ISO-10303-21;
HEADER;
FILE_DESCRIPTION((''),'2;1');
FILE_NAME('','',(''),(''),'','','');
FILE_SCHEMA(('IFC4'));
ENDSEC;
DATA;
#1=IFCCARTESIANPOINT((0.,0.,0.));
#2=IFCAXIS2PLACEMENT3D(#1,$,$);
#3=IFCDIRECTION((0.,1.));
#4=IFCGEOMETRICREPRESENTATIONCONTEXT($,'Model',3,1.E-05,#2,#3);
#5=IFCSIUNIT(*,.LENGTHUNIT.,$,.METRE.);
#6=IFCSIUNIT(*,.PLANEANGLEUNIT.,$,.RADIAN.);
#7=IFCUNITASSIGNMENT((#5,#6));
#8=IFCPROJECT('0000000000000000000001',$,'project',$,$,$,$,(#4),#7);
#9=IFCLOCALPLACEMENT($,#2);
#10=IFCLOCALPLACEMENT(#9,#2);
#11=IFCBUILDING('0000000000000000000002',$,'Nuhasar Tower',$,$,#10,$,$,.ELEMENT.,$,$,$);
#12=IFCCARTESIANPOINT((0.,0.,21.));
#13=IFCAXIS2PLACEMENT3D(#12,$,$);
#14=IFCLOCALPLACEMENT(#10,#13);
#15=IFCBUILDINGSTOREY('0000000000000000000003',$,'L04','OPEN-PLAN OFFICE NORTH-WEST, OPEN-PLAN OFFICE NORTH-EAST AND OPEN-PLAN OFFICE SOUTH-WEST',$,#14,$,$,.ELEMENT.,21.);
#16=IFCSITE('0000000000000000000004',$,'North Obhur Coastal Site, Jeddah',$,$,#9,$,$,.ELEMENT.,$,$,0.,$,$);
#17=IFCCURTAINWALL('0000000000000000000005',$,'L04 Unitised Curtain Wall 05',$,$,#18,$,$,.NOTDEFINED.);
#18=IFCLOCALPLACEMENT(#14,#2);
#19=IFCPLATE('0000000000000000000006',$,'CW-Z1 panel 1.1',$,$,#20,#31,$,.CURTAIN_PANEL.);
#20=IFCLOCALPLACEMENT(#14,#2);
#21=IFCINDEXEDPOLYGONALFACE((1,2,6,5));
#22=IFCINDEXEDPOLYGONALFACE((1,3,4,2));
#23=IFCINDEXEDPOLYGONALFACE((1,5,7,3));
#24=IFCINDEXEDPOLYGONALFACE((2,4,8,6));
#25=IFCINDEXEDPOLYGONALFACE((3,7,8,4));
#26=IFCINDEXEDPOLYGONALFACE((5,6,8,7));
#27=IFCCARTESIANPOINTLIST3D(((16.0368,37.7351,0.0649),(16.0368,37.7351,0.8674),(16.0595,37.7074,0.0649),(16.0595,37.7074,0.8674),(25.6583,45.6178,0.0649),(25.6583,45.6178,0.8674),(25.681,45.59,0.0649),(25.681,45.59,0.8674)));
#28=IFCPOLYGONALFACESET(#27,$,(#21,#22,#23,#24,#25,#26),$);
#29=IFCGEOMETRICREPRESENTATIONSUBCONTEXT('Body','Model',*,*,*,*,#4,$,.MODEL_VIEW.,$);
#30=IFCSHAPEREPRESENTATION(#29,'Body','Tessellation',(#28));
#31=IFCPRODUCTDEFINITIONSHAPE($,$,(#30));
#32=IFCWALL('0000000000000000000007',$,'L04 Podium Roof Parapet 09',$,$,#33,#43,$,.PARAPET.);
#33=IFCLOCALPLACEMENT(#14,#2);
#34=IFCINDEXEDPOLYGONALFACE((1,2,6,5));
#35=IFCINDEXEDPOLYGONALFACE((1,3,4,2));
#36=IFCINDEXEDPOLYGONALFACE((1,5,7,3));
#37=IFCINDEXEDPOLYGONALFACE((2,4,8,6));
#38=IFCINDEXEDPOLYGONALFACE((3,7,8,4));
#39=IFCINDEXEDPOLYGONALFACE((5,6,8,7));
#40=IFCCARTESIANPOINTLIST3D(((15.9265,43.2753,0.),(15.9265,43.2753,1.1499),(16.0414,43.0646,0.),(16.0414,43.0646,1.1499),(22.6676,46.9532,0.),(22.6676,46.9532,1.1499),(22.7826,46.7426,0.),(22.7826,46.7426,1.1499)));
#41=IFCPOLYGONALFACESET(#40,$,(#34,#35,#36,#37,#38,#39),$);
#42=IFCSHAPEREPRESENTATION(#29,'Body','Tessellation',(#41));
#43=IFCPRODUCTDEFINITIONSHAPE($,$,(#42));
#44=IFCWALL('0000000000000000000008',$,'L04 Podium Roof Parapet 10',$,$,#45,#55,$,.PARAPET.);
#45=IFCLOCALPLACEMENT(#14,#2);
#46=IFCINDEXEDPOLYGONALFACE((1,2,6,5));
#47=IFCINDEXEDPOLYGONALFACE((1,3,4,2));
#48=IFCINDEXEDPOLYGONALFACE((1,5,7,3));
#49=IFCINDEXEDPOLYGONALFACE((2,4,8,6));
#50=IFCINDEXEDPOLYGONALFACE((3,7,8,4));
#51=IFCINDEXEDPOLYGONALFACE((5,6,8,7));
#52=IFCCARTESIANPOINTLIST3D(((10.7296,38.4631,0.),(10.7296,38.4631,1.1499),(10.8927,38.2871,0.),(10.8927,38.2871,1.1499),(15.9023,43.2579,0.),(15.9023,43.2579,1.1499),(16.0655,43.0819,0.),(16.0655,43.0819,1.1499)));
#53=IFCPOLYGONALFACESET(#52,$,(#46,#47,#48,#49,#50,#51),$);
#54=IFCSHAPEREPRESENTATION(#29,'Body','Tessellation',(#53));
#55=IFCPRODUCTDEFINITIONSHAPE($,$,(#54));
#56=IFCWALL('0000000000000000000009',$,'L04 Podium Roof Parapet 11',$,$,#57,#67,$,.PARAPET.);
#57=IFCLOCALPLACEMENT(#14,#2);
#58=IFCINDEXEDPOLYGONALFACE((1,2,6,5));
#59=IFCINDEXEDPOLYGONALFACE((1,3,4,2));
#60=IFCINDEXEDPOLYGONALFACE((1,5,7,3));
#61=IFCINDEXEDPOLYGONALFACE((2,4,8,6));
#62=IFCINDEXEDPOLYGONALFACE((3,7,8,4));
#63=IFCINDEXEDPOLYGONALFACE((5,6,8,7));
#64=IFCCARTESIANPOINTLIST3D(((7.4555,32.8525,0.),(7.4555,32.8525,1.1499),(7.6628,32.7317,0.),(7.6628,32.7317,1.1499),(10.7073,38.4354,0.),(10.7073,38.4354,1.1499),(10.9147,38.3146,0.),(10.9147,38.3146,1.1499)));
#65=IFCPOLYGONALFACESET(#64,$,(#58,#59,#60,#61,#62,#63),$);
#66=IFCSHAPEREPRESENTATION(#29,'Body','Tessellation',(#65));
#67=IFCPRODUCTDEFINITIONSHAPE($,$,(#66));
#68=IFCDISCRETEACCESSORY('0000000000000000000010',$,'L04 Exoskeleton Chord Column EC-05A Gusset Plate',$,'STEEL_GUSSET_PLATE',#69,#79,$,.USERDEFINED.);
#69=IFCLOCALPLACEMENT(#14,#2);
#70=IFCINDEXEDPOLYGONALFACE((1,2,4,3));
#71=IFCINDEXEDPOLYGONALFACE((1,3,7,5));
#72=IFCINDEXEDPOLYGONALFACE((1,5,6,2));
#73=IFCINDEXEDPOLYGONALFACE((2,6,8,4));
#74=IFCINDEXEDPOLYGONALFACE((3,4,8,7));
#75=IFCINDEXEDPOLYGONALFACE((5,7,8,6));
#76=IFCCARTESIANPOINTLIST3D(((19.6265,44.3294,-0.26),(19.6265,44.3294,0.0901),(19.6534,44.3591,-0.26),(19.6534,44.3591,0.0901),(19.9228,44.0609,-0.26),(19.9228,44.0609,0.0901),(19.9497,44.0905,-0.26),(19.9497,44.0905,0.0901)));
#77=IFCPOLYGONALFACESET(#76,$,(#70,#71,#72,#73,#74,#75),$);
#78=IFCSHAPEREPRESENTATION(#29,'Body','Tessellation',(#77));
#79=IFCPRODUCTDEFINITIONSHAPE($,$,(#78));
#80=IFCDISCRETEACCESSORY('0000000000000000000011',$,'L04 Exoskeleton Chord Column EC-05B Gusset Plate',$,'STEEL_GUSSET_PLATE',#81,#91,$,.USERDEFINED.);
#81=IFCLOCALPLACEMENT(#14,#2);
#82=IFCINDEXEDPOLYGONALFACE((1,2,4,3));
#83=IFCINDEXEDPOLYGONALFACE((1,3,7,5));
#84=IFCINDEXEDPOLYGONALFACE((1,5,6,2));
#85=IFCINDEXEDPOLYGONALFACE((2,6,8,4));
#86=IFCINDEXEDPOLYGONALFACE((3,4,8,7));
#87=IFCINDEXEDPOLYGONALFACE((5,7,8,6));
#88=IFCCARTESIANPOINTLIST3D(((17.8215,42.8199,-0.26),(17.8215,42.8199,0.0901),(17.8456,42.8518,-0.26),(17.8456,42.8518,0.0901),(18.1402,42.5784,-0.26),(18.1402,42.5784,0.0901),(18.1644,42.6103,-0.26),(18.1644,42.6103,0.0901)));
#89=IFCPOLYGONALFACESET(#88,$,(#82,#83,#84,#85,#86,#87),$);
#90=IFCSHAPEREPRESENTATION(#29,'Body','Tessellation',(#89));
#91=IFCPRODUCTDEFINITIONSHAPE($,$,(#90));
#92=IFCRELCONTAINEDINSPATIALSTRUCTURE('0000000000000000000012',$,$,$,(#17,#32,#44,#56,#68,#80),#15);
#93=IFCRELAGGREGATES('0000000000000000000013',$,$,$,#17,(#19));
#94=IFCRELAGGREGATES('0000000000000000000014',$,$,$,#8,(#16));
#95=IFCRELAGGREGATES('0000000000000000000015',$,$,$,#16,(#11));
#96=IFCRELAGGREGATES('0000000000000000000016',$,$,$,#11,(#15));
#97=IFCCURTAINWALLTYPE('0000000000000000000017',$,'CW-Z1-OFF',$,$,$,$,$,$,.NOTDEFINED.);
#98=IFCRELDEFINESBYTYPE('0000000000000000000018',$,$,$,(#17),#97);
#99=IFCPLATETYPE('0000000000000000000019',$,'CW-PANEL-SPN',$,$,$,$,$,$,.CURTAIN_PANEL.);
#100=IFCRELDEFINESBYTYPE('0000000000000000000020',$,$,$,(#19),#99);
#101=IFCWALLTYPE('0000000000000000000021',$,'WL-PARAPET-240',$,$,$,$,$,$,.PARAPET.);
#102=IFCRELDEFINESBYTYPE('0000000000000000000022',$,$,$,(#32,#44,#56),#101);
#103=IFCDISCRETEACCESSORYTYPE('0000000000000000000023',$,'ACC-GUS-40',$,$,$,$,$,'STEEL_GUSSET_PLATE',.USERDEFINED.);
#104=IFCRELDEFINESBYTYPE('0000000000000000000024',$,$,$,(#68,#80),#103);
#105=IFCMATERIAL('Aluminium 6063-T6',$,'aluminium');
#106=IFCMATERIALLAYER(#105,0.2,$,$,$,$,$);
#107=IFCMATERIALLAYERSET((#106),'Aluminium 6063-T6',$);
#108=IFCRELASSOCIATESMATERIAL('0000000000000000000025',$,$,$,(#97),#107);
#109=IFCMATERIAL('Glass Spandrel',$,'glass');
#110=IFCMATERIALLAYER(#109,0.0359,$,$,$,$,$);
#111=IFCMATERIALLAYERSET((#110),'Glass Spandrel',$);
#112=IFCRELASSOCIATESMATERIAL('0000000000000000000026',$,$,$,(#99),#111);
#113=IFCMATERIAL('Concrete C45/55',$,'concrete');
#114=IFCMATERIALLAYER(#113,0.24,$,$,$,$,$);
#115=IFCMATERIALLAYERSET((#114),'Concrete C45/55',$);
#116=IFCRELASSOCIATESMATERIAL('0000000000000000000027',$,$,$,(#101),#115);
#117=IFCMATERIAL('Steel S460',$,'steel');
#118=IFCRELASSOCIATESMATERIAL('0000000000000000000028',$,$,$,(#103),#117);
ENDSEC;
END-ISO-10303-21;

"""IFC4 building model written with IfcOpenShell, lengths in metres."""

from ifc_helpers import new_model, si_unit, direction, frame, frame_2d, origin, origin_2d, place, context, subcontext, project, spatial, rectangle, extrude, material, layer, layer_set, type_object, element, aggregate, save


model = new_model("IFC4")

# Units and contexts
model_context = context("Model", 3, precision=1e-05, world=origin(), true_north=direction((0.0, 1.0)))
body_context = subcontext(model_context, "Body", "Model", "MODEL_VIEW")
ifc_project = project(units=[si_unit("LENGTHUNIT", "METRE"), si_unit("PLANEANGLEUNIT", "RADIAN")], contexts=[model_context])

# Site, building, storey
site_placement = place(None, origin())
site = spatial("IfcSite", under=ifc_project, at=site_placement, Name="North Obhur Coastal Site, Jeddah", CompositionType="ELEMENT", RefElevation=0.0)
building_placement = place(site_placement, origin())
building = spatial("IfcBuilding", under=site, at=building_placement, Name="Nuhasar Tower", CompositionType="ELEMENT")
storey_placement = place(building_placement, frame((0.0, 0.0, 21.0)))
storey = spatial("IfcBuildingStorey", under=building, at=storey_placement, Name="L04", Description="OPEN-PLAN OFFICE NORTH-WEST, OPEN-PLAN OFFICE NORTH-EAST AND OPEN-PLAN OFFICE SOUTH-WEST", CompositionType="ELEMENT", Elevation=21.0)

# Shared definitions
ifc_material_1 = material(Name="Steel S460", Category="steel")

# Shared definitions
ifc_material_2 = material(Name="Aluminium 6063-T6", Category="aluminium")
ifc_layer_1 = layer(ifc_material_2, 0.2)
ifc_layer_set_1 = layer_set([ifc_layer_1], Name="Aluminium 6063-T6")
curtain_wall_type = type_object("IfcCurtainWallType", Name="CW-Z1-OFF", PredefinedType="NOTDEFINED", material=ifc_layer_set_1)

# Curtain wall
curtain_wall_1_placement = place(storey_placement, origin())
curtain_wall_1 = element("IfcCurtainWall", 1, at=curtain_wall_1_placement, inside=storey, type_object=curtain_wall_type, Name="L04 Unitised Curtain Wall 05", PredefinedType="NOTDEFINED")

# Plate
ifc_material_3 = material(Name="Glass Spandrel", Category="glass")
ifc_layer_2 = layer(ifc_material_3, 0.0359)
ifc_layer_set_2 = layer_set([ifc_layer_2], Name="Glass Spandrel")
plate_type_1 = type_object("IfcPlateType", Name="CW-PANEL-SPN", PredefinedType="CURTAIN_PANEL", material=ifc_layer_set_2)
plate_1_placement = place(storey_placement, frame((20.8589, 41.6626, 0.0649), z_axis=(0.0, 0.0, 1.0), x_axis=(-0.773542, -0.633745, 0.0)))
plate_1 = element("IfcPlate", 2, at=plate_1_placement, type_object=plate_type_1, Name="CW-Z1 panel 1.1", PredefinedType="CURTAIN_PANEL", context=body_context, shape_type="SweptSolid", body=[
    extrude(rectangle(XDim=12.4382, YDim=0.0359, at=origin_2d()), origin(), (0.0, 0.0, 1.0), 0.8025),
])
aggregate(curtain_wall_1, [plate_1])

# Walls
ifc_material_4 = material(Name="Concrete C45/55", Category="concrete")
ifc_layer_3 = layer(ifc_material_4, 0.24)
ifc_layer_set_3 = layer_set([ifc_layer_3], Name="Concrete C45/55")
wall_type = type_object("IfcWallType", Name="WL-PARAPET-240", PredefinedType="PARAPET", material=ifc_layer_set_3)
wall_1_placement = place(storey_placement, frame((22.7251, 46.8479, 0.0), z_axis=(0.0, 0.0, 1.0), x_axis=(-0.877843, -0.478948, 0.0)))
element("IfcWall", 3, at=wall_1_placement, inside=storey, type_object=wall_type, Name="L04 Podium Roof Parapet 09", PredefinedType="PARAPET", context=body_context, shape_type="SweptSolid", body=[
    extrude(rectangle(XDim=7.6792, YDim=0.24, at=frame_2d((3.8396, 0.0))), origin(), (0.0, 0.0, 1.0), 1.1499),
])
wall_2_placement = place(storey_placement, frame((15.9839, 43.1699, 0.0), z_axis=(0.0, 0.0, 1.0), x_axis=(-0.73339, -0.679808, 0.0)))
element("IfcWall", 4, at=wall_2_placement, inside=storey, type_object=wall_type, Name="L04 Podium Roof Parapet 10", PredefinedType="PARAPET", context=body_context, shape_type="SweptSolid", body=[
    extrude(rectangle(XDim=7.0532, YDim=0.24, at=frame_2d((3.5266, 0.0))), origin(), (0.0, 0.0, 1.0), 1.1499),
])
wall_3_placement = place(storey_placement, frame((10.811, 38.375, 0.0), z_axis=(0.0, 0.0, 1.0), x_axis=(-0.503316, -0.864102, 0.0)))
element("IfcWall", 5, at=wall_3_placement, inside=storey, type_object=wall_type, Name="L04 Podium Roof Parapet 11", PredefinedType="PARAPET", context=body_context, shape_type="SweptSolid", body=[
    extrude(rectangle(XDim=6.4609, YDim=0.24, at=frame_2d((3.2305, 0.0))), origin(), (0.0, 0.0, 1.0), 1.1499),
])

# Discrete accessories
discrete_accessory_type = type_object("IfcDiscreteAccessoryType", Name="ACC-GUS-40", ElementType="STEEL_GUSSET_PLATE", PredefinedType="USERDEFINED", material=ifc_material_1)
for number, where, z_axis, x_axis, name in (
    (6, (19.7881, 44.21, -0.26), (0.0, 0.0, 1.0), (-0.741004, 0.671501, 0.0), "L04 Exoskeleton Chord Column EC-05A Gusset Plate"),
    (7, (17.9929, 42.7151, -0.26), (0.0, 0.0, 1.0), (-0.797078, 0.603876, 0.0), "L04 Exoskeleton Chord Column EC-05B Gusset Plate"),
):
    element("IfcDiscreteAccessory", number, at=place(storey_placement, frame(where, z_axis=z_axis, x_axis=x_axis)), inside=storey, type_object=discrete_accessory_type, Name=name, ObjectType="STEEL_GUSSET_PLATE", PredefinedType="USERDEFINED", context=body_context, shape_type="SweptSolid", body=[
        extrude(rectangle(XDim=0.3999, YDim=0.04, at=origin_2d()), origin(), (0.0, 0.0, 1.0), 0.3501),
    ])

save(model, "model.ifc")
